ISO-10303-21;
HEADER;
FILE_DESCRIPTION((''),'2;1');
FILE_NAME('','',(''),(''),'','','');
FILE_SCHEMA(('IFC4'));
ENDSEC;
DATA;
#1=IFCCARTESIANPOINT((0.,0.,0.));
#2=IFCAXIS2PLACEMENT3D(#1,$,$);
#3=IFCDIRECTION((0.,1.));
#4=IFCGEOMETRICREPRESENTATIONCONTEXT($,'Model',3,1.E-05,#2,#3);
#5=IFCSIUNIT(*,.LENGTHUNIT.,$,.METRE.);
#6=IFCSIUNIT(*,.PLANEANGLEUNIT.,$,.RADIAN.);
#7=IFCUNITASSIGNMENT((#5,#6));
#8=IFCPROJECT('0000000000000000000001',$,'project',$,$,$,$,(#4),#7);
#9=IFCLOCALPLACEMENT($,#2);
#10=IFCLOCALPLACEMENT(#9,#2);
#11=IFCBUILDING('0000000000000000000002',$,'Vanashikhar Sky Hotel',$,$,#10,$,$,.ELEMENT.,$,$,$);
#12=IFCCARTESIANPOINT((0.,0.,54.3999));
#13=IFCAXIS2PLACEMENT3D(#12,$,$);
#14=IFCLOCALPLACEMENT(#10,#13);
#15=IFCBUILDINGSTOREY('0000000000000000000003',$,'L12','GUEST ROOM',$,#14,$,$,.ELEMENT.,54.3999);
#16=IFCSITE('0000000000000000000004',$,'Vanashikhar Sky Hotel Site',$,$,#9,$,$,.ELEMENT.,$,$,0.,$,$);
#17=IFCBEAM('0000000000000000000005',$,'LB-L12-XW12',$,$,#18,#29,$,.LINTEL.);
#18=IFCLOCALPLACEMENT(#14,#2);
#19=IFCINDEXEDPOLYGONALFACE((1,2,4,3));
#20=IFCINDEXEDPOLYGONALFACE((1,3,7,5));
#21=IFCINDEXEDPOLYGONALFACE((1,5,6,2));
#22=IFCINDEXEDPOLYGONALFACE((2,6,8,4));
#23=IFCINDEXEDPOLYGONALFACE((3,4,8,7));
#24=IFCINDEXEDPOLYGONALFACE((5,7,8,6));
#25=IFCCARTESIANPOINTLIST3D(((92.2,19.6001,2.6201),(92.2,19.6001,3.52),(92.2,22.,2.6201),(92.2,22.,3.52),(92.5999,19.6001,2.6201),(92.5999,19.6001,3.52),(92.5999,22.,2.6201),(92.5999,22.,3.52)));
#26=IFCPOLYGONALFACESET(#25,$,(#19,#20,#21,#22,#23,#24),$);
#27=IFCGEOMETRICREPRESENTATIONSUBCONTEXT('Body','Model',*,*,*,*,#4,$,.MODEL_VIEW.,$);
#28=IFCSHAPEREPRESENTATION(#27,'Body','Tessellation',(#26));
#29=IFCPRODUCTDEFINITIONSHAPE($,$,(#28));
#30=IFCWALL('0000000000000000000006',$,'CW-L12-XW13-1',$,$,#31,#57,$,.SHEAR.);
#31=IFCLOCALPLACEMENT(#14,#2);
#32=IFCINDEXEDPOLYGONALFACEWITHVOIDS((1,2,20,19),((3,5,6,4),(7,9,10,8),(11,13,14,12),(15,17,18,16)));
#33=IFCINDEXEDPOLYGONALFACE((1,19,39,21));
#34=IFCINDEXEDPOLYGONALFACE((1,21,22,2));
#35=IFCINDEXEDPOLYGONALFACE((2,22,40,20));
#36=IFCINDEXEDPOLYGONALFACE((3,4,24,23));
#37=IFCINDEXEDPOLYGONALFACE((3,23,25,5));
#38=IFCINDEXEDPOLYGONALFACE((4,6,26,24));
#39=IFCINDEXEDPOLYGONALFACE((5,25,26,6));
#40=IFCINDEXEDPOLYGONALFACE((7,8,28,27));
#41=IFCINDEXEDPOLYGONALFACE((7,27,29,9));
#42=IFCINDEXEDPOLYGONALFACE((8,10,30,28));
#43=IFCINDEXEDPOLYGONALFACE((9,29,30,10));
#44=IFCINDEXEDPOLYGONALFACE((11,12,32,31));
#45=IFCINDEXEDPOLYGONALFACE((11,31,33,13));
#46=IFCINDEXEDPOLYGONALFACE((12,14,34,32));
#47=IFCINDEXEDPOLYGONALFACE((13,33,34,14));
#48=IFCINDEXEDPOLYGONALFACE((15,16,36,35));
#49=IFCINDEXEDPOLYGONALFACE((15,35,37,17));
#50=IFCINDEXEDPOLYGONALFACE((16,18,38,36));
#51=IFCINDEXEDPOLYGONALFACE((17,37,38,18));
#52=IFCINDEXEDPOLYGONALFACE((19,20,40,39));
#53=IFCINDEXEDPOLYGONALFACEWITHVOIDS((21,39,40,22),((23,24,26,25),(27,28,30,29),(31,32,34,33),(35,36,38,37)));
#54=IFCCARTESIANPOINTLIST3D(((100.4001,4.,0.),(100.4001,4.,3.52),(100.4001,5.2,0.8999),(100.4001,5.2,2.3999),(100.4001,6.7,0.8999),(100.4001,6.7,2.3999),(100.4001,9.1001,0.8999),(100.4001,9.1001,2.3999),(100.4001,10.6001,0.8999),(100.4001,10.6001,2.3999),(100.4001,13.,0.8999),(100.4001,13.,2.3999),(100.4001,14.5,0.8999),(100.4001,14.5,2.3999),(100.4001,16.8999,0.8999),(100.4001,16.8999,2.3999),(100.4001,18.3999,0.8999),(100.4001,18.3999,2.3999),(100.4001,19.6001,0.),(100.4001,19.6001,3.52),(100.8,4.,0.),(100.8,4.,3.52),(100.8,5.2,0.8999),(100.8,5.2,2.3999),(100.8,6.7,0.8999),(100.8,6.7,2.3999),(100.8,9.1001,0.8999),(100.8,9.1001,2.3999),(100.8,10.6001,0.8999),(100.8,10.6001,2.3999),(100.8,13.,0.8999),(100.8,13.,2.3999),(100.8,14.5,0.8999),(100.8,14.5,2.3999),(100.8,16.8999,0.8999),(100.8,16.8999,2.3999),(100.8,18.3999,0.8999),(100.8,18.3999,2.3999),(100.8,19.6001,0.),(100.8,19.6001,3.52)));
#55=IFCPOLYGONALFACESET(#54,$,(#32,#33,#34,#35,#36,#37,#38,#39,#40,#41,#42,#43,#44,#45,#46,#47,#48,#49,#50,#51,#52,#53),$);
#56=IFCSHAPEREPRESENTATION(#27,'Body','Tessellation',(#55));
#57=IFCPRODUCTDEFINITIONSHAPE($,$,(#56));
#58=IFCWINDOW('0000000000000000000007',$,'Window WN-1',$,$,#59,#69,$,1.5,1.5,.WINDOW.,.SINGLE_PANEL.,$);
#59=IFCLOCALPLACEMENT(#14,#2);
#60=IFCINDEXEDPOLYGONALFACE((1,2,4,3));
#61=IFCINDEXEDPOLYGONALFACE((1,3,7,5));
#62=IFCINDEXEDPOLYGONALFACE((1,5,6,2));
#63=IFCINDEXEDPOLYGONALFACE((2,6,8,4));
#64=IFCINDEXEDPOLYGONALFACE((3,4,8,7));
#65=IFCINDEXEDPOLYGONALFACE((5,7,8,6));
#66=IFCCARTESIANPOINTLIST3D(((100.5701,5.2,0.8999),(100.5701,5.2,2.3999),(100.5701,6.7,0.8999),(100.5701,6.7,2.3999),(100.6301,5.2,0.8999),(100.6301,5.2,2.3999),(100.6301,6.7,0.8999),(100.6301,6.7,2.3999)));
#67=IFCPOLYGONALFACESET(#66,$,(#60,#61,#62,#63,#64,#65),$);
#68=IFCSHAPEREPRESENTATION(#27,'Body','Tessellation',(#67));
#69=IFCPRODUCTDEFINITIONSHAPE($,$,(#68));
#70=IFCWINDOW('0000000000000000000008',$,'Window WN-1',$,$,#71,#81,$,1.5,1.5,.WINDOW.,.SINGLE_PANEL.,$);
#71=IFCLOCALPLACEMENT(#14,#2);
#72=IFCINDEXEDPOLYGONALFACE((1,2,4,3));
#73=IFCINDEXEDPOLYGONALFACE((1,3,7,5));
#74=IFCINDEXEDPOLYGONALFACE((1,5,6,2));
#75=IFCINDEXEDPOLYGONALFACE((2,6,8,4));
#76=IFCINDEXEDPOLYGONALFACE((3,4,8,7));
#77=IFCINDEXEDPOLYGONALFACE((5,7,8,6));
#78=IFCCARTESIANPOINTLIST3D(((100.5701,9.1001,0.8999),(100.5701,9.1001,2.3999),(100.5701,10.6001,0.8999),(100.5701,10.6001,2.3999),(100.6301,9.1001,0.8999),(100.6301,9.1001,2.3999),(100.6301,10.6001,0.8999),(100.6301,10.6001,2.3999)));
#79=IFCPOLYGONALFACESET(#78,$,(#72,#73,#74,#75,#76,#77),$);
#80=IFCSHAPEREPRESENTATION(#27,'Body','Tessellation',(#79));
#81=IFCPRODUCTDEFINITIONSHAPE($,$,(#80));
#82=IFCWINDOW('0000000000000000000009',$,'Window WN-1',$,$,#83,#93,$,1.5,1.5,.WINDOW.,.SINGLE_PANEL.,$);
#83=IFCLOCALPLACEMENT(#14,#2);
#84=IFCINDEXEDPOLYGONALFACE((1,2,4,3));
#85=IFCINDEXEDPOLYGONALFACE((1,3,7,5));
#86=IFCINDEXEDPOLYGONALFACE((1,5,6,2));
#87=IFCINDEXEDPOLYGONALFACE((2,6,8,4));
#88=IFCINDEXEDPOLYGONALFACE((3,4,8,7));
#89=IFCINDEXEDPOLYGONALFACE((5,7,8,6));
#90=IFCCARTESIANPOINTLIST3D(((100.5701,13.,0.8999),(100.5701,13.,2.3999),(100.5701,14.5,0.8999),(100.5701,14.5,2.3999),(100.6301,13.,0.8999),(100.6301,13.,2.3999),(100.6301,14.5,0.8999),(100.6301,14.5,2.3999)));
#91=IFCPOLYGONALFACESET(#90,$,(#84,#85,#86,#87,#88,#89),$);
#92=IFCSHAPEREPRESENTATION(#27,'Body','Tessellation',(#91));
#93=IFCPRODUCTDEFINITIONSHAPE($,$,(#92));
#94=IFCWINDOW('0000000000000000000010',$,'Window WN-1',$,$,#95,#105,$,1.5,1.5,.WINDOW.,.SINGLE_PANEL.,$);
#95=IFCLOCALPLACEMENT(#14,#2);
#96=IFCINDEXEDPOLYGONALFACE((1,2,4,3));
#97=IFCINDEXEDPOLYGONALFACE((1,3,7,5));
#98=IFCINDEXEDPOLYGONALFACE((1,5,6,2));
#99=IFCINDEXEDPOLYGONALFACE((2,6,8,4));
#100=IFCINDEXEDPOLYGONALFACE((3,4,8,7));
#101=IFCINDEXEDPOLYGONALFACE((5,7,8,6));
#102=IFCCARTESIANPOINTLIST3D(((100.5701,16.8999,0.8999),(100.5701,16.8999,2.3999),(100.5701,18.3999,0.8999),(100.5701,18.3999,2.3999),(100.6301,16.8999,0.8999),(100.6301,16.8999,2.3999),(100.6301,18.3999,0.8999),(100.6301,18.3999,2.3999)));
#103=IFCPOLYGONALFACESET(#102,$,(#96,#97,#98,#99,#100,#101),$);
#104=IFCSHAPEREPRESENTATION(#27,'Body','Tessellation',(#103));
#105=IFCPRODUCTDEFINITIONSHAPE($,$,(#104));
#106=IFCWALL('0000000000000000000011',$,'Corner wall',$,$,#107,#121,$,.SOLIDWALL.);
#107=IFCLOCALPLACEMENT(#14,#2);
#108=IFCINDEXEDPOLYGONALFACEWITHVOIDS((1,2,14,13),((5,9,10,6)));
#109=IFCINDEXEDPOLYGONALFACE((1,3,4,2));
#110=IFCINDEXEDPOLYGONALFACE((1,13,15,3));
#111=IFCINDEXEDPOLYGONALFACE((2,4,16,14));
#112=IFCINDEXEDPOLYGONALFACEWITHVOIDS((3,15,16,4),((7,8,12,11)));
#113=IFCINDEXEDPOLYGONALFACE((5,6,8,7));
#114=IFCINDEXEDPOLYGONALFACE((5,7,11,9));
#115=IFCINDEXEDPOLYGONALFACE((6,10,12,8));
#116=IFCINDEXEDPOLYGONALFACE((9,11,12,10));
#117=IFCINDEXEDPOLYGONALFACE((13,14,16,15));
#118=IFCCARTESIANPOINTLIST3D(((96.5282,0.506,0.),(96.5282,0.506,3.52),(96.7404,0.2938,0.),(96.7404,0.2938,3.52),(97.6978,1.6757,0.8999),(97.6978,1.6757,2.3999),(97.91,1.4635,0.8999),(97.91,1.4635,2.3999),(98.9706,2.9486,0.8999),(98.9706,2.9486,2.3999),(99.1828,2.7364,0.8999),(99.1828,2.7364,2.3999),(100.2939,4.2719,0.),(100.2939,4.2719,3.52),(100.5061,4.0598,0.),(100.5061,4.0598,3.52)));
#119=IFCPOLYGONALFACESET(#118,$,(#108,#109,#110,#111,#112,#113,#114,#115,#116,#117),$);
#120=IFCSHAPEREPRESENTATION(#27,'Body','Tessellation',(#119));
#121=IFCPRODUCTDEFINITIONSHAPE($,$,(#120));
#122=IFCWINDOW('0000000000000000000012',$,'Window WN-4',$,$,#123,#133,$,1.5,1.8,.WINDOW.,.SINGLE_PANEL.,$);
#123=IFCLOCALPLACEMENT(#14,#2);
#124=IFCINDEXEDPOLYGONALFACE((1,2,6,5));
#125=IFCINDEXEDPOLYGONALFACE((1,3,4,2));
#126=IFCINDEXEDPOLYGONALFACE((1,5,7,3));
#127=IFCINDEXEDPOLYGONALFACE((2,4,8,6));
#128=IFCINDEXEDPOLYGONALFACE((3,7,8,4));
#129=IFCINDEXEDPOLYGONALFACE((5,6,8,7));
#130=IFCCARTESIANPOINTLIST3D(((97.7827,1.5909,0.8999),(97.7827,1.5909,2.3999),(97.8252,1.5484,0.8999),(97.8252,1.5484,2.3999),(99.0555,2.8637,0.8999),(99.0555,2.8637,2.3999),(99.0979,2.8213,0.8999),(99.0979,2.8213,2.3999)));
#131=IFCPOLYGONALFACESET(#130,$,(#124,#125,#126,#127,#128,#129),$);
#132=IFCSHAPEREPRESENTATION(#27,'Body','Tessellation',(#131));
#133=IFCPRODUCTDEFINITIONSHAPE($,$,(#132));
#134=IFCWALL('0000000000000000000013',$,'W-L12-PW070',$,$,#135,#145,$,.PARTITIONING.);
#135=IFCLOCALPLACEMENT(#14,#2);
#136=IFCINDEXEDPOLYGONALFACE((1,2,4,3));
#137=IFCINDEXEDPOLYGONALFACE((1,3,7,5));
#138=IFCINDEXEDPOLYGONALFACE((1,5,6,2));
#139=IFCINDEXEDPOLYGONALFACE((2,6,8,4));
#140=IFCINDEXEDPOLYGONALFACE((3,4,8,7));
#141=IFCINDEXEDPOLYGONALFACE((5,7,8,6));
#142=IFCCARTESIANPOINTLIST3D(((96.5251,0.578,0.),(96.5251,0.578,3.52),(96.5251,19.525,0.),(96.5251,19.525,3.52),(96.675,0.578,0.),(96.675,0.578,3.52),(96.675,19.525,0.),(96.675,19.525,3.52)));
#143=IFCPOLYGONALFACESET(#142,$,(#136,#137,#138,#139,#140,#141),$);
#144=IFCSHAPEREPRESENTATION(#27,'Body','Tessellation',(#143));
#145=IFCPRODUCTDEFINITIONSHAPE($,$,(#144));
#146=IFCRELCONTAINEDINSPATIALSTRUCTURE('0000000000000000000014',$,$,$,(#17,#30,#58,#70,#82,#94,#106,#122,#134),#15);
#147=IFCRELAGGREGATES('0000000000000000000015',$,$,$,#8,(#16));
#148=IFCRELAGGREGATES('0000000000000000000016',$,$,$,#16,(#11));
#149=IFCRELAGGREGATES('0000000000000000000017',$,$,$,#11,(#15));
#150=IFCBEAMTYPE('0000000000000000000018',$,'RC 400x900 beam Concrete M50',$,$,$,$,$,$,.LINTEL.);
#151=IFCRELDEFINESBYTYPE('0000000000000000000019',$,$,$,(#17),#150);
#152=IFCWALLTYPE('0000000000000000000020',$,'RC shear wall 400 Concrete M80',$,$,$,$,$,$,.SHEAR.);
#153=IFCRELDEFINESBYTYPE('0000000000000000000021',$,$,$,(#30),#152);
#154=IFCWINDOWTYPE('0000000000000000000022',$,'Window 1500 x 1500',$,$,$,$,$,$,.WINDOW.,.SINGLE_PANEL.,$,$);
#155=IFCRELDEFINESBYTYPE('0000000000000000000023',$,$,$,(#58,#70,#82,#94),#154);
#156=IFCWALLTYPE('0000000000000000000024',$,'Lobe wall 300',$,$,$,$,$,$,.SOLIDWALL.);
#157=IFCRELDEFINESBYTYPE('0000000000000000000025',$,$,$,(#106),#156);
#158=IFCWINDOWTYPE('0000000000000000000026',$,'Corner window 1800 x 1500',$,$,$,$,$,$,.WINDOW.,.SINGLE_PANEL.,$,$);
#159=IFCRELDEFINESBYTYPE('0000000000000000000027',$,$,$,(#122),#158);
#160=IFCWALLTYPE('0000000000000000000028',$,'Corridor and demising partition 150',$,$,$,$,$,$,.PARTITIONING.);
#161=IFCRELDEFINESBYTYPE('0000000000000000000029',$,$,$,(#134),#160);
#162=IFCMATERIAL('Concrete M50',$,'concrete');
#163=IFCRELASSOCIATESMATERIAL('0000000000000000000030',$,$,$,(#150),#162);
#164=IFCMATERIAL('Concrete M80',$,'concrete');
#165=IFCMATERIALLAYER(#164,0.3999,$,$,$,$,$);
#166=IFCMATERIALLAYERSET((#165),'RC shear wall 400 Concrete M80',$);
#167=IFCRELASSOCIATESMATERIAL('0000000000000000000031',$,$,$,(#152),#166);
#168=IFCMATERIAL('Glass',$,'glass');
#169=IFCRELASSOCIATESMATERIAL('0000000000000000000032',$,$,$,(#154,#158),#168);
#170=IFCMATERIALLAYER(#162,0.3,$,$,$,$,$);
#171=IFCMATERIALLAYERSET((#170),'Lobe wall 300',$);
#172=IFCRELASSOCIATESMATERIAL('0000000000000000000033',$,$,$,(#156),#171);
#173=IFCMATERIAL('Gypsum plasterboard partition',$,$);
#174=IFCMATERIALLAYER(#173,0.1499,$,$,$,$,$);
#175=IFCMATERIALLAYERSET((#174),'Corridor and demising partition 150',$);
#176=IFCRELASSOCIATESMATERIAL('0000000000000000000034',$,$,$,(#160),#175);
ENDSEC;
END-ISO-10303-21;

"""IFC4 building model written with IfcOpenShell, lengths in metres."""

from ifc_helpers import new_model, si_unit, direction, frame, frame_2d, origin, origin_2d, place, context, subcontext, project, spatial, rectangle, extrude, source, transform, mapped, material, layer, layer_set, material_profile, profile_set, type_object, element, fill, save


model = new_model("IFC4")

# Units and contexts
model_context = context("Model", 3, precision=1e-05, world=origin(), true_north=direction((0.0, 1.0)))
body_context = subcontext(model_context, "Body", "Model", "MODEL_VIEW")
ifc_project = project(units=[si_unit("LENGTHUNIT", "METRE"), si_unit("PLANEANGLEUNIT", "RADIAN")], contexts=[model_context])

# Site, building, storey
site_placement = place(None, origin())
site = spatial("IfcSite", under=ifc_project, at=site_placement, Name="Vanashikhar Sky Hotel Site", CompositionType="ELEMENT", RefElevation=0.0)
building_placement = place(site_placement, origin())
building = spatial("IfcBuilding", under=site, at=building_placement, Name="Vanashikhar Sky Hotel", CompositionType="ELEMENT")
storey_placement = place(building_placement, frame((0.0, 0.0, 54.3999)))
storey = spatial("IfcBuildingStorey", under=building, at=storey_placement, Name="L12", Description="GUEST ROOM", CompositionType="ELEMENT", Elevation=54.3999)

# Beam
ifc_material_1 = material(Name="Concrete M50", Category="concrete")
ifc_material_profile = material_profile(ifc_material_1, rectangle(XDim=0.3999, YDim=0.8999, at=origin_2d()))
ifc_profile_set = profile_set([ifc_material_profile], Name="RC 400x900 beam Concrete M50")
beam_type = type_object("IfcBeamType", Name="RC 400x900 beam Concrete M50", PredefinedType="LINTEL", material=ifc_profile_set)
shared_shape_1 = source(origin(), body_context, "Body", "SweptSolid", [
    extrude(rectangle(XDim=0.3999, YDim=0.8999, at=origin_2d()), origin(), (0.0, 0.0, 1.0), 2.3999),
])
beam_placement = place(storey_placement, frame((92.3999, 19.6001, 3.0701), z_axis=(0.0, 1.0, 0.0), x_axis=(-1.0, 0.0, 0.0)))
element("IfcBeam", 1, at=beam_placement, inside=storey, type_object=beam_type, Name="LB-L12-XW12", PredefinedType="LINTEL", context=body_context, shape_type="MappedRepresentation", body=[
    mapped(shared_shape_1, transform((0.0, 0.0, 0.0), scale=1.0)),
])

# Wall, openings, windows
ifc_material_2 = material(Name="Concrete M80", Category="concrete")
ifc_layer_1 = layer(ifc_material_2, 0.3999)
ifc_layer_set_1 = layer_set([ifc_layer_1], Name="RC shear wall 400 Concrete M80")
wall_type_1 = type_object("IfcWallType", Name="RC shear wall 400 Concrete M80", PredefinedType="SHEAR", material=ifc_layer_set_1)
shared_shape_2 = source(origin(), body_context, "Body", "SweptSolid", [
    extrude(rectangle(XDim=15.6001, YDim=0.3999, at=frame_2d((7.8, 0.0))), origin(), (0.0, 0.0, 1.0), 3.52),
])
wall_1_placement = place(storey_placement, frame((100.6001, 4.0, 0.0), z_axis=(0.0, 0.0, 1.0), x_axis=(0.0, 1.0, 0.0)))
wall_1 = element("IfcWall", 2, at=wall_1_placement, inside=storey, type_object=wall_type_1, Name="CW-L12-XW13-1", PredefinedType="SHEAR", context=body_context, shape_type="MappedRepresentation", body=[
    mapped(shared_shape_2, transform((0.0, 0.0, 0.0), scale=1.0)),
])
shared_shape_3 = source(origin(), body_context, "Body", "SweptSolid", [
    extrude(rectangle(XDim=1.5, YDim=1.5, at=frame_2d((0.75, 0.75))), frame((0.0, 0.21, 0.0), z_axis=(0.0, -1.0, 0.0), x_axis=(1.0, 0.0, 0.0)), (0.0, 0.0, 1.0), 0.4199),
])
opening_1_placement = place(wall_1_placement, frame((1.2, 0.0, 0.8999)))
opening_1 = element("IfcOpeningElement", 3, at=opening_1_placement, cuts=wall_1, PredefinedType="OPENING", context=body_context, shape_type="MappedRepresentation", body=[
    mapped(shared_shape_3, transform((0.0, 0.0, 0.0), scale=1.0)),
])
opening_2_placement = place(wall_1_placement, frame((5.1001, 0.0, 0.8999)))
opening_2 = element("IfcOpeningElement", 4, at=opening_2_placement, cuts=wall_1, PredefinedType="OPENING", context=body_context, shape_type="MappedRepresentation", body=[
    mapped(shared_shape_3, transform((0.0, 0.0, 0.0), scale=1.0)),
])
opening_3_placement = place(wall_1_placement, frame((9.0, 0.0, 0.8999)))
opening_3 = element("IfcOpeningElement", 5, at=opening_3_placement, cuts=wall_1, PredefinedType="OPENING", context=body_context, shape_type="MappedRepresentation", body=[
    mapped(shared_shape_3, transform((0.0, 0.0, 0.0), scale=1.0)),
])
opening_4_placement = place(wall_1_placement, frame((12.8999, 0.0, 0.8999)))
opening_4 = element("IfcOpeningElement", 6, at=opening_4_placement, cuts=wall_1, PredefinedType="OPENING", context=body_context, shape_type="MappedRepresentation", body=[
    mapped(shared_shape_3, transform((0.0, 0.0, 0.0), scale=1.0)),
])
ifc_material_3 = material(Name="Glass", Category="glass")
window_type_1 = type_object("IfcWindowType", Name="Window 1500 x 1500", PartitioningType="SINGLE_PANEL", PredefinedType="WINDOW", material=ifc_material_3)
shared_shape_4 = source(origin(), body_context, "Body", "SweptSolid", [
    extrude(rectangle(XDim=1.5, YDim=1.5, at=frame_2d((0.75, 0.75))), frame((0.0, 0.03, 0.0), z_axis=(0.0, -1.0, 0.0), x_axis=(1.0, 0.0, 0.0)), (0.0, 0.0, 1.0), 0.0601),
])
window_1_placement = place(opening_1_placement, origin())
window_1 = element("IfcWindow", 7, at=window_1_placement, inside=storey, type_object=window_type_1, Name="Window WN-1", OverallHeight=1.5, OverallWidth=1.5, PartitioningType="SINGLE_PANEL", PredefinedType="WINDOW", context=body_context, shape_type="MappedRepresentation", body=[
    mapped(shared_shape_4, transform((0.0, 0.0, 0.0), scale=1.0)),
])
fill(opening_1, window_1)
window_2_placement = place(opening_2_placement, origin())
window_2 = element("IfcWindow", 8, at=window_2_placement, inside=storey, type_object=window_type_1, Name="Window WN-1", OverallHeight=1.5, OverallWidth=1.5, PartitioningType="SINGLE_PANEL", PredefinedType="WINDOW", context=body_context, shape_type="MappedRepresentation", body=[
    mapped(shared_shape_4, transform((0.0, 0.0, 0.0), scale=1.0)),
])
fill(opening_2, window_2)
window_3_placement = place(opening_3_placement, origin())
window_3 = element("IfcWindow", 9, at=window_3_placement, inside=storey, type_object=window_type_1, Name="Window WN-1", OverallHeight=1.5, OverallWidth=1.5, PartitioningType="SINGLE_PANEL", PredefinedType="WINDOW", context=body_context, shape_type="MappedRepresentation", body=[
    mapped(shared_shape_4, transform((0.0, 0.0, 0.0), scale=1.0)),
])
fill(opening_3, window_3)
window_4_placement = place(opening_4_placement, origin())
window_4 = element("IfcWindow", 10, at=window_4_placement, inside=storey, type_object=window_type_1, Name="Window WN-1", OverallHeight=1.5, OverallWidth=1.5, PartitioningType="SINGLE_PANEL", PredefinedType="WINDOW", context=body_context, shape_type="MappedRepresentation", body=[
    mapped(shared_shape_4, transform((0.0, 0.0, 0.0), scale=1.0)),
])
fill(opening_4, window_4)

# Wall, opening, window
ifc_layer_2 = layer(ifc_material_1, 0.3)
ifc_layer_set_2 = layer_set([ifc_layer_2], Name="Lobe wall 300")
wall_type_2 = type_object("IfcWallType", Name="Lobe wall 300", PredefinedType="SOLIDWALL", material=ifc_layer_set_2)
shared_shape_5 = source(origin(), body_context, "Body", "SweptSolid", [
    extrude(rectangle(XDim=5.3257, YDim=0.3, at=frame_2d((2.6628, 0.0))), origin(), (0.0, 0.0, 1.0), 3.52),
])
wall_2_placement = place(storey_placement, frame((96.6343, 0.3999, 0.0), z_axis=(0.0, 0.0, 1.0), x_axis=(0.707084, 0.70713, 0.0)))
wall_2 = element("IfcWall", 11, at=wall_2_placement, inside=storey, type_object=wall_type_2, Name="Corner wall", PredefinedType="SOLIDWALL", context=body_context, shape_type="MappedRepresentation", body=[
    mapped(shared_shape_5, transform((0.0, 0.0, 0.0), scale=1.0)),
])
shared_shape_6 = source(origin(), body_context, "Body", "SweptSolid", [
    extrude(rectangle(XDim=1.8, YDim=1.5, at=frame_2d((0.8999, 0.75))), frame((0.0, 0.1602, 0.0), z_axis=(0.0, -1.0, 0.0), x_axis=(1.0, 0.0, 0.0)), (0.0, 0.0, 1.0), 0.3201),
])
opening_5_placement = place(wall_2_placement, frame((1.6543, 0.0, 0.8999)))
opening_5 = element("IfcOpeningElement", 12, at=opening_5_placement, cuts=wall_2, PredefinedType="OPENING", context=body_context, shape_type="MappedRepresentation", body=[
    mapped(shared_shape_6, transform((0.0, 0.0, 0.0), scale=1.0)),
])
window_type_2 = type_object("IfcWindowType", Name="Corner window 1800 x 1500", PartitioningType="SINGLE_PANEL", PredefinedType="WINDOW", material=ifc_material_3)
shared_shape_7 = source(origin(), body_context, "Body", "SweptSolid", [
    extrude(rectangle(XDim=1.8, YDim=1.5, at=frame_2d((0.8999, 0.75))), frame((0.0, 0.03, 0.0), z_axis=(0.0, -1.0, 0.0), x_axis=(1.0, 0.0, 0.0)), (0.0, 0.0, 1.0), 0.0601),
])
window_5_placement = place(opening_5_placement, origin())
window_5 = element("IfcWindow", 13, at=window_5_placement, inside=storey, type_object=window_type_2, Name="Window WN-4", OverallHeight=1.5, OverallWidth=1.8, PartitioningType="SINGLE_PANEL", PredefinedType="WINDOW", context=body_context, shape_type="MappedRepresentation", body=[
    mapped(shared_shape_7, transform((0.0, 0.0, 0.0), scale=1.0)),
])
fill(opening_5, window_5)

# Wall
ifc_material_4 = material(Name="Gypsum plasterboard partition")
ifc_layer_3 = layer(ifc_material_4, 0.1499)
ifc_layer_set_3 = layer_set([ifc_layer_3], Name="Corridor and demising partition 150")
wall_type_3 = type_object("IfcWallType", Name="Corridor and demising partition 150", PredefinedType="PARTITIONING", material=ifc_layer_set_3)
shared_shape_8 = source(origin(), body_context, "Body", "SweptSolid", [
    extrude(rectangle(XDim=18.947, YDim=0.1499, at=frame_2d((9.4736, 0.0))), origin(), (0.0, 0.0, 1.0), 3.52),
])
wall_3_placement = place(storey_placement, frame((96.6001, 0.5779, 0.0), z_axis=(0.0, 0.0, 1.0), x_axis=(0.0, 1.0, 0.0)))
element("IfcWall", 14, at=wall_3_placement, inside=storey, type_object=wall_type_3, Name="W-L12-PW070", PredefinedType="PARTITIONING", context=body_context, shape_type="MappedRepresentation", body=[
    mapped(shared_shape_8, transform((0.0, 0.0, 0.0), scale=1.0)),
])

save(model, "model.ifc")
